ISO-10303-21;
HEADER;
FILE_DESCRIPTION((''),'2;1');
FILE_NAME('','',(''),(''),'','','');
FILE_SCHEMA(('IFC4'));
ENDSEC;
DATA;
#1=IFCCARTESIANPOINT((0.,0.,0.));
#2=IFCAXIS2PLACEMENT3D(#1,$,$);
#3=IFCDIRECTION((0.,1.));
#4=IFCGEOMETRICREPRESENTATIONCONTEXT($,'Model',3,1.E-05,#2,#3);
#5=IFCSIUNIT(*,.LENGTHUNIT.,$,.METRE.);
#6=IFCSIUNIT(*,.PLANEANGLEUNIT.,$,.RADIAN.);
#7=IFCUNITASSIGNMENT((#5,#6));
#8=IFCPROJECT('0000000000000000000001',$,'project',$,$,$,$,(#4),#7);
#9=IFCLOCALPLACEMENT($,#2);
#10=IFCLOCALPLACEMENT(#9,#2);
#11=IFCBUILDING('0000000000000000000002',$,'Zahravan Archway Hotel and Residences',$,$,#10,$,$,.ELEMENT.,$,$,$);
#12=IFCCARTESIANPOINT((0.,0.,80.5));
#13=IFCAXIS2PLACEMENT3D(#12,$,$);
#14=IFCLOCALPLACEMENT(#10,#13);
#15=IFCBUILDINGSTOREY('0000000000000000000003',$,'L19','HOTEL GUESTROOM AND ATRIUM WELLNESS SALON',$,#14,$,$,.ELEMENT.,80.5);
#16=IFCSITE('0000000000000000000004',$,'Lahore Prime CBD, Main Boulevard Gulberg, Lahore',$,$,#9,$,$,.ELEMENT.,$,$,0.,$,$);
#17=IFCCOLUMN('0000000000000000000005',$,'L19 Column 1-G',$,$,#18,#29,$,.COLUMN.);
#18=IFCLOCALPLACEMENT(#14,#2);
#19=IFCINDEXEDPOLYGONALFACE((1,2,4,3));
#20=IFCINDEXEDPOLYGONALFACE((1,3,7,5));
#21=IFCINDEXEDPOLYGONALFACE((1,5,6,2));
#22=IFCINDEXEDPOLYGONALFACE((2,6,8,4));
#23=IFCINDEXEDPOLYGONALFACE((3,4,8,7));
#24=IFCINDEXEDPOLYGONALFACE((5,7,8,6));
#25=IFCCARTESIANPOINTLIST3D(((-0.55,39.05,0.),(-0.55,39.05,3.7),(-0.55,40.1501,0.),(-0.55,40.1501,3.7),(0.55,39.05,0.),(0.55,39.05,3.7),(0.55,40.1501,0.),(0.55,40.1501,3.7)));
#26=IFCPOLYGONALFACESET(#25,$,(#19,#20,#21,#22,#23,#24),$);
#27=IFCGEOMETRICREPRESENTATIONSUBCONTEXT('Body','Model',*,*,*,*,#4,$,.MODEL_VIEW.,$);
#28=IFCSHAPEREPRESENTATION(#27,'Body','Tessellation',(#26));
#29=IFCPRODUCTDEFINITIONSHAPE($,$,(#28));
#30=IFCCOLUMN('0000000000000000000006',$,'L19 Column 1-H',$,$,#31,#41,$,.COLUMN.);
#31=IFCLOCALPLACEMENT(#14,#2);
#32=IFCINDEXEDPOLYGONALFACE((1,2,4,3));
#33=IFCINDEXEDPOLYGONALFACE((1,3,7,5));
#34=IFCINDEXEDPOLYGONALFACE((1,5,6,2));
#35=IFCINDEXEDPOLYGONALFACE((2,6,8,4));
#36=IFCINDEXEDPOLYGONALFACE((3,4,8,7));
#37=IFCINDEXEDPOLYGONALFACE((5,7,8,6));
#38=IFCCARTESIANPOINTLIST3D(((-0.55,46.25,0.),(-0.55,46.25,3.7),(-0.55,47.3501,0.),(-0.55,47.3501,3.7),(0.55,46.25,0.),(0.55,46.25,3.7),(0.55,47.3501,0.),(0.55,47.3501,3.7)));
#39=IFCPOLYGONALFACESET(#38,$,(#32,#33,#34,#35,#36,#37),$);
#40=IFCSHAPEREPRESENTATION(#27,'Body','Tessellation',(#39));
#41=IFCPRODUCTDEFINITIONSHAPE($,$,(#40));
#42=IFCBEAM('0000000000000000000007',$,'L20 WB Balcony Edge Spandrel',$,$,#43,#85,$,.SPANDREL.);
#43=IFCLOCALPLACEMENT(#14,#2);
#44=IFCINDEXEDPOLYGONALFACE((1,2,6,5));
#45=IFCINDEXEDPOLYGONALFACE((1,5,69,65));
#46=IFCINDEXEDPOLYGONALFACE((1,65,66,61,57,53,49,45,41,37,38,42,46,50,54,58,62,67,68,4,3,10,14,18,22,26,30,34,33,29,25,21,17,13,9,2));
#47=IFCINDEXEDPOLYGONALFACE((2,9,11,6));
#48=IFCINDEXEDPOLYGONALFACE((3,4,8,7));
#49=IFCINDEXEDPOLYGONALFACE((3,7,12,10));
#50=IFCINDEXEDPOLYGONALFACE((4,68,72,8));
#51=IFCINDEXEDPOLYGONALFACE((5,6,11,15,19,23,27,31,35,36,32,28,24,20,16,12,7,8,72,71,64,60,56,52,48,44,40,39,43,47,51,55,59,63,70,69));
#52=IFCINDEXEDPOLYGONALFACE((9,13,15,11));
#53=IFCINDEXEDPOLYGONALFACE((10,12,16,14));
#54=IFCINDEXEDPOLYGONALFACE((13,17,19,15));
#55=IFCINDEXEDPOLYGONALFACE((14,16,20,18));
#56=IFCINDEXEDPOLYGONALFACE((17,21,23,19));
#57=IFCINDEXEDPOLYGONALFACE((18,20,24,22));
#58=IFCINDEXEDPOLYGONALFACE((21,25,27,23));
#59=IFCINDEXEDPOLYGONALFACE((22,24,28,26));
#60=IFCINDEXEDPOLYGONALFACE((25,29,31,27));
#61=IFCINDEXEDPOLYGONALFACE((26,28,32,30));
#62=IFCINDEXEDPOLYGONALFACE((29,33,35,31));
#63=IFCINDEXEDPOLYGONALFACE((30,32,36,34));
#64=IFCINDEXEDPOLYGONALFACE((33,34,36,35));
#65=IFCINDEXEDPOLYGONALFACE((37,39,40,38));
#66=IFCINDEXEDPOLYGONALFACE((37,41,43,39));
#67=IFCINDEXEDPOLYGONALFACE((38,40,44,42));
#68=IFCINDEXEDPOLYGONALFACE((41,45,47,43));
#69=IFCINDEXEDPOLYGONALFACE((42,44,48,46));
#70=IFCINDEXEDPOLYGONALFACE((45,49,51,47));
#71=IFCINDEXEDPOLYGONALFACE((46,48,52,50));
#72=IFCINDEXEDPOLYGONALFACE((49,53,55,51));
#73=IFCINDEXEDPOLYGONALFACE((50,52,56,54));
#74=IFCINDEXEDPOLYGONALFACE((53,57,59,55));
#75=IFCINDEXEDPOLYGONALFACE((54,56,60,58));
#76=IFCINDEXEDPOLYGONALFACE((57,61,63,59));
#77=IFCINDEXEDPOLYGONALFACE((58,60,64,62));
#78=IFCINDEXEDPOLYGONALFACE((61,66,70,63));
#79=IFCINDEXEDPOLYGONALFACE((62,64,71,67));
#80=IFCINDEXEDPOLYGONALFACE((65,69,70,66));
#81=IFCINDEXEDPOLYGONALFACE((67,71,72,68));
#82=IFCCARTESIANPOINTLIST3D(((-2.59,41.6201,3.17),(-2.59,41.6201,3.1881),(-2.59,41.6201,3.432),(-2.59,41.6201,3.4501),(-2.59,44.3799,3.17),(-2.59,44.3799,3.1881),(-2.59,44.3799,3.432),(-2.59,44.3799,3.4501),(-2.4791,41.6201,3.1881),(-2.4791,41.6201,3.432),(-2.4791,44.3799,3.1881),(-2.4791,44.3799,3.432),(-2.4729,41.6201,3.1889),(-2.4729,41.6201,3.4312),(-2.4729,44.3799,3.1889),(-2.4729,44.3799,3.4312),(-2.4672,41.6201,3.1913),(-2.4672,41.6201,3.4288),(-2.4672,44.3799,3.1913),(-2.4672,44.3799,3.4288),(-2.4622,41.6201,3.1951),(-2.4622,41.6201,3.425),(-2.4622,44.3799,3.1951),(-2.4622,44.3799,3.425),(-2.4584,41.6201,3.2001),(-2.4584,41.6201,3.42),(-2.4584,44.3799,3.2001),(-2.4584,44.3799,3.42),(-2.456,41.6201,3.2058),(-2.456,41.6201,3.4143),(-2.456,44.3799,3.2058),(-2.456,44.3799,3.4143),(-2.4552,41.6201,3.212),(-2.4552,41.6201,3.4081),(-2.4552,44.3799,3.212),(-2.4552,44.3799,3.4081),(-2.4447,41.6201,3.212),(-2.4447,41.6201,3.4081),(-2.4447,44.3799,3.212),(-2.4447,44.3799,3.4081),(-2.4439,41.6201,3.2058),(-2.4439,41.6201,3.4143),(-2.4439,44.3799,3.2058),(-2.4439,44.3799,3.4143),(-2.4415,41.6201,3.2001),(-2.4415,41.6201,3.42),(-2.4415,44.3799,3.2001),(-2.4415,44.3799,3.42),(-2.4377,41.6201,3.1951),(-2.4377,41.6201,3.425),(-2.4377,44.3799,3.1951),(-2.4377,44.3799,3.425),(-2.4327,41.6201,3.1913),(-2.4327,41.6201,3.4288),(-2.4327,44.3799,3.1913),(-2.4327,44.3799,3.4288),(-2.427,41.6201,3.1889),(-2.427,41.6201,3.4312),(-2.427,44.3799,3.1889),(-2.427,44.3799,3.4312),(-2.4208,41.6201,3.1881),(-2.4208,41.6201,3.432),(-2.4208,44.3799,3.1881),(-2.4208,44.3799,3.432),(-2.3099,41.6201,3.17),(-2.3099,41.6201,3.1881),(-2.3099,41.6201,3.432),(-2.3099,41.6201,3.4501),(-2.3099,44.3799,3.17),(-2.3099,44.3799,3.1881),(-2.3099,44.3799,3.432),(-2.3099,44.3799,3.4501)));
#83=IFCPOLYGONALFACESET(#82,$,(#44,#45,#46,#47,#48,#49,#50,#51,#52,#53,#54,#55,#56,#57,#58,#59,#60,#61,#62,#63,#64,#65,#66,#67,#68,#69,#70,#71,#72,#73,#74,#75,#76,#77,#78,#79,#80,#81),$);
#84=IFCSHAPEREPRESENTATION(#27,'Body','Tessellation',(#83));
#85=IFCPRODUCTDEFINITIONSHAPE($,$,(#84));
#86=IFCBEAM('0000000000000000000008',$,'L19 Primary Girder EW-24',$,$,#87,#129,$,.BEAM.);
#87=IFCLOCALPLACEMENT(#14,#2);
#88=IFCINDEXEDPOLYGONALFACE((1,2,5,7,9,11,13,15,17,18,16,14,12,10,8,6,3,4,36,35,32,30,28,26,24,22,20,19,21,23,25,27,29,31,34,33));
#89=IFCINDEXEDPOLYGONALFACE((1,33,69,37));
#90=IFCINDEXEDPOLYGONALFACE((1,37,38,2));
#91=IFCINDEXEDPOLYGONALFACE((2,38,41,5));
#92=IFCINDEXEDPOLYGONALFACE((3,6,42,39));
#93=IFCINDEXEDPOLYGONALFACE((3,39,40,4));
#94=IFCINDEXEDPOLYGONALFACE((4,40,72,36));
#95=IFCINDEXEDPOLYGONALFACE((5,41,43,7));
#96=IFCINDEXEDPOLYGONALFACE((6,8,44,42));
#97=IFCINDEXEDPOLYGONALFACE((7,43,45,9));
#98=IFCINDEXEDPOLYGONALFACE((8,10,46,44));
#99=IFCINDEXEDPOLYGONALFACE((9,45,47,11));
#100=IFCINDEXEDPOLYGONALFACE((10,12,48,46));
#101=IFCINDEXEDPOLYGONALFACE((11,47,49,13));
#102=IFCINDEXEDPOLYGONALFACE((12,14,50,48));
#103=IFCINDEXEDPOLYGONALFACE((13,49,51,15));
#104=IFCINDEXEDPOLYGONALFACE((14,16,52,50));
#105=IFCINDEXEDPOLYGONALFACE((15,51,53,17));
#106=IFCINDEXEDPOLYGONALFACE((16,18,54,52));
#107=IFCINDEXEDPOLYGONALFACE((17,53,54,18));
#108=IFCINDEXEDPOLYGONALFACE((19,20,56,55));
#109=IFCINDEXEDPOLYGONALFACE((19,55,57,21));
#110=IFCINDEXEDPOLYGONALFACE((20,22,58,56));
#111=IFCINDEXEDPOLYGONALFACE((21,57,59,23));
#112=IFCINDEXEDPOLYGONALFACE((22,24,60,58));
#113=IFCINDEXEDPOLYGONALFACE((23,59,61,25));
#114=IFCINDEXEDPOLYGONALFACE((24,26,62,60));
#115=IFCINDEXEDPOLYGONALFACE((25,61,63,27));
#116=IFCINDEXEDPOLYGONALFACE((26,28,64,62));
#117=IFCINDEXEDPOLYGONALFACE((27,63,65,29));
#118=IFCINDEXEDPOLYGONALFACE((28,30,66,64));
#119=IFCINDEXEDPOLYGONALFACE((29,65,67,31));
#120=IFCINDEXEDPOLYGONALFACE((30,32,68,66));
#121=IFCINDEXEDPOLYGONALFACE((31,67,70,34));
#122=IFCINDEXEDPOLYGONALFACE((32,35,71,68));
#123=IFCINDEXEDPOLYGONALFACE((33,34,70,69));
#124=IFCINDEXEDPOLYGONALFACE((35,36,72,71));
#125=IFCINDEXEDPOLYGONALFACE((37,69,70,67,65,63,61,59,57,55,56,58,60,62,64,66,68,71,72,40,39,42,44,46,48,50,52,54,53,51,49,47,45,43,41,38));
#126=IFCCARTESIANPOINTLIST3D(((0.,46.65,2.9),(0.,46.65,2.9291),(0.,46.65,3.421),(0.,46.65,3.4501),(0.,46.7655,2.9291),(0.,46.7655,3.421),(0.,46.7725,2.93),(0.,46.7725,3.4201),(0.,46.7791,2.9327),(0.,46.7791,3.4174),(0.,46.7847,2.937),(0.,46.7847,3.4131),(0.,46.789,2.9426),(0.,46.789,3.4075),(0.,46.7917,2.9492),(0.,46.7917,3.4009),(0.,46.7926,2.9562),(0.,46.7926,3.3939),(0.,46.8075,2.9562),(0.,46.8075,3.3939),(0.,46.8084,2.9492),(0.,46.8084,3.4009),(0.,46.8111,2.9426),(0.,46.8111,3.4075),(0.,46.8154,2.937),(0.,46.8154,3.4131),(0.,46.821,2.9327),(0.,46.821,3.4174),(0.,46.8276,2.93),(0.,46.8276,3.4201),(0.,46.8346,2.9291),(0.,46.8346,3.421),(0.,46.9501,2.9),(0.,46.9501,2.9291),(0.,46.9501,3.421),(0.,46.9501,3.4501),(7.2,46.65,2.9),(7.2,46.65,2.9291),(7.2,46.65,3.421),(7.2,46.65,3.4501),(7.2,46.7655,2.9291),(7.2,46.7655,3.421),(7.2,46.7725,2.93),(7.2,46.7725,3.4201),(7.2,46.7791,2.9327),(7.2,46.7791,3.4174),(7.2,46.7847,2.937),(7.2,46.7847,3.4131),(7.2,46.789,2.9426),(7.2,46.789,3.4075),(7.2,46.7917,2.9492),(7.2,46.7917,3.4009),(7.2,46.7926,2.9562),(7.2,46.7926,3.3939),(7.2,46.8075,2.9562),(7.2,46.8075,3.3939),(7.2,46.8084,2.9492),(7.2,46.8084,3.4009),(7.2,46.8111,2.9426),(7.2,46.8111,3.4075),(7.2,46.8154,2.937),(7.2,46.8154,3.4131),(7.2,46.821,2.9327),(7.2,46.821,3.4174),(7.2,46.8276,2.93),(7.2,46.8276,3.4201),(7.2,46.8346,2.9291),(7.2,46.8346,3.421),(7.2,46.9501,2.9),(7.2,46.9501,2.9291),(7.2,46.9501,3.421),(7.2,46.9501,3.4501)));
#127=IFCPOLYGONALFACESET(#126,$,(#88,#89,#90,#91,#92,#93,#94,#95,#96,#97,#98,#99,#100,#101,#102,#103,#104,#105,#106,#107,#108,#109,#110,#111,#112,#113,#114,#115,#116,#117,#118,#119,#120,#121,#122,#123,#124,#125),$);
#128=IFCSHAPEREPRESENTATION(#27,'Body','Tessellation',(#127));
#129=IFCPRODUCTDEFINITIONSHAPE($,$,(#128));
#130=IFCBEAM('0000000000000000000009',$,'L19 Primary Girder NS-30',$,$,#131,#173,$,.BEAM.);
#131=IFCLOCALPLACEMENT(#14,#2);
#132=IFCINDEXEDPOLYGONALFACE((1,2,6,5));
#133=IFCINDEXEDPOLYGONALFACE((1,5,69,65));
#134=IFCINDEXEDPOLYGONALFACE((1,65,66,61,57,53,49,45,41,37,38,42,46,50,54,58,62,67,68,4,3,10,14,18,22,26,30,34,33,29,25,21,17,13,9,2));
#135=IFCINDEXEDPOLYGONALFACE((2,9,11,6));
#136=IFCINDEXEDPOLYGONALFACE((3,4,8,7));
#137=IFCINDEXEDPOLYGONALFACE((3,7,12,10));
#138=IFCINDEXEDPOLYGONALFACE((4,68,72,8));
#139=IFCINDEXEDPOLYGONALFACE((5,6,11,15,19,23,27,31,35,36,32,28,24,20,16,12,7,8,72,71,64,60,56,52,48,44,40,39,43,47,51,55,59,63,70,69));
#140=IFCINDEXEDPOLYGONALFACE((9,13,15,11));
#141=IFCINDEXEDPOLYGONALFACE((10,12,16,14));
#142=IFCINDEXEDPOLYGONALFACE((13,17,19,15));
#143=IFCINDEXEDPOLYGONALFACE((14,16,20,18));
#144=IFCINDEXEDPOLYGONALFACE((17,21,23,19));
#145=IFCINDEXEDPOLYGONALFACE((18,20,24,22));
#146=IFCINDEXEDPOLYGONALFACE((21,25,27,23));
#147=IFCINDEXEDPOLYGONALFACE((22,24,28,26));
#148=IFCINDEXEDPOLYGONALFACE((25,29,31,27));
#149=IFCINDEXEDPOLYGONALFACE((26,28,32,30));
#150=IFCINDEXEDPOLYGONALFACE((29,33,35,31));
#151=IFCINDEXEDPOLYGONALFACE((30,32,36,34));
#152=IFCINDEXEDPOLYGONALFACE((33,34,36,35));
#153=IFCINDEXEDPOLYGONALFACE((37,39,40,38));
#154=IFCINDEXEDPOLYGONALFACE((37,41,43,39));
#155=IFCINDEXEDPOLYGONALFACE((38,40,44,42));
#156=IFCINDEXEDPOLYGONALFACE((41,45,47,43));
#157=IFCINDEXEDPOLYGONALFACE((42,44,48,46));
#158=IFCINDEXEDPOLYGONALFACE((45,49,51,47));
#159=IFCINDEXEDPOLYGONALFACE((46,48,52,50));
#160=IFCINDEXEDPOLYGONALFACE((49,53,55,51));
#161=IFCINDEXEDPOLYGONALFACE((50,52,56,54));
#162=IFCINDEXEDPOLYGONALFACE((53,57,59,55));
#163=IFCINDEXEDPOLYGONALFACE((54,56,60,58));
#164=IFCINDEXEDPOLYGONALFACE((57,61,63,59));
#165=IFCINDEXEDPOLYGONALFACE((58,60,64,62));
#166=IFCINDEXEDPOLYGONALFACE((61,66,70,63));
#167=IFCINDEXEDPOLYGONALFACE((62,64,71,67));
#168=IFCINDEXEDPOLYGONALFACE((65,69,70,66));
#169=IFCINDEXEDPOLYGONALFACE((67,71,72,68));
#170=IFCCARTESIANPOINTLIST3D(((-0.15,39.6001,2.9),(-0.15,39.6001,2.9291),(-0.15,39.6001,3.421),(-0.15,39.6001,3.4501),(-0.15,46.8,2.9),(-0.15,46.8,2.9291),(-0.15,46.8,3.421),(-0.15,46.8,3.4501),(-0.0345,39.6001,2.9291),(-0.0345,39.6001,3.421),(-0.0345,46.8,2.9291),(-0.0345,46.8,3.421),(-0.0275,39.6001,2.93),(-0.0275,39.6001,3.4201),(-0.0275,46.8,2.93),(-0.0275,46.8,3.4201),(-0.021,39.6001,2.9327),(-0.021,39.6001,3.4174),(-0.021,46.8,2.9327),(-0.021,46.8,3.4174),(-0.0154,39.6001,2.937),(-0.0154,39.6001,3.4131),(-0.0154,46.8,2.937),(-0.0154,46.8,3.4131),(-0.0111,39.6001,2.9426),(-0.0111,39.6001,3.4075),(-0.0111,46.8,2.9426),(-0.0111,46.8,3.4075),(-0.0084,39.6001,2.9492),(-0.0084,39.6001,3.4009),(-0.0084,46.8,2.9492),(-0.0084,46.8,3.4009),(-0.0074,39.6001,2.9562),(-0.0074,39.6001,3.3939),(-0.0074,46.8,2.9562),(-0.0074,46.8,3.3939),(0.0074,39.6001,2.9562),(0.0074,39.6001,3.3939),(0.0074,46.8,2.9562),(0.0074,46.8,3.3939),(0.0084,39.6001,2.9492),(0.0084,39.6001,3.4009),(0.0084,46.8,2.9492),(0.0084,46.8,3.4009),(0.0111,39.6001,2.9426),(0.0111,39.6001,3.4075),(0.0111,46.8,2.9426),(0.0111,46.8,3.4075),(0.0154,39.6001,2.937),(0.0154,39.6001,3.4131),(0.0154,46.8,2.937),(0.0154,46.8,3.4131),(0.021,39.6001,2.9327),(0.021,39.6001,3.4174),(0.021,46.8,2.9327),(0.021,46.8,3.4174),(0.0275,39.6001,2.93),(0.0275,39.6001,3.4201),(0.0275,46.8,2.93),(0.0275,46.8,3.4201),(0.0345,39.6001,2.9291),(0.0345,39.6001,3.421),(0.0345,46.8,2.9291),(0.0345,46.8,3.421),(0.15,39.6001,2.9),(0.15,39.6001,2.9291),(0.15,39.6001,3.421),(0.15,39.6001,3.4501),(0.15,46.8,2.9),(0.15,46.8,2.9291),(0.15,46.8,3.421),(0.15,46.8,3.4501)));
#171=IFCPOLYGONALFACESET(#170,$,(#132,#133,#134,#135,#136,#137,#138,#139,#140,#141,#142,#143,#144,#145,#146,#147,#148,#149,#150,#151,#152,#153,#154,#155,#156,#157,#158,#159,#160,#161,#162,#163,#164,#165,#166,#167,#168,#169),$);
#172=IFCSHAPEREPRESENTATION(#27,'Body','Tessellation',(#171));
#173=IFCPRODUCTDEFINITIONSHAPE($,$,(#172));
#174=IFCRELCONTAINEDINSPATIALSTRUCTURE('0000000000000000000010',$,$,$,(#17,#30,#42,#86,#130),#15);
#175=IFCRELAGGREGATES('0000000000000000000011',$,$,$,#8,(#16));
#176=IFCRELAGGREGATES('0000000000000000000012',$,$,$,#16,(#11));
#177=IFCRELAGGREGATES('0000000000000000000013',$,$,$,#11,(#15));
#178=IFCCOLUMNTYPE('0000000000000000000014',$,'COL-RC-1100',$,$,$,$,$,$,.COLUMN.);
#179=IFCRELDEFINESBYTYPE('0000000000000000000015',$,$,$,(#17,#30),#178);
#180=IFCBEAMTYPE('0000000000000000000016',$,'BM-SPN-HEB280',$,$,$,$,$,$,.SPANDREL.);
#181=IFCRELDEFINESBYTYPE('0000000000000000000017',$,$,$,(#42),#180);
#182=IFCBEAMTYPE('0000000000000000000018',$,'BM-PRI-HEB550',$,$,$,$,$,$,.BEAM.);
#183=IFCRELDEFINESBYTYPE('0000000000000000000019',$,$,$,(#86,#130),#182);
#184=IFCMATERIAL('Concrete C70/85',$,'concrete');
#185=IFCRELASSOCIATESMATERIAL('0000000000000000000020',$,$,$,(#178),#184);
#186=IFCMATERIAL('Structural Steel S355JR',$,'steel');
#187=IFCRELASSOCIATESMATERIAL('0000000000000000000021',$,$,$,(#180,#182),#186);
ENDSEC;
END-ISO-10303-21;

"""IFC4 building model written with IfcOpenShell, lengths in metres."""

from ifc_helpers import new_model, si_unit, direction, frame, origin, origin_2d, place, context, subcontext, project, spatial, rectangle, i_section, extrude, source, transform, mapped, material, material_profile, profile_set, type_object, element, save


model = new_model("IFC4")

# Units and contexts
model_context = context("Model", 3, precision=1e-05, world=origin(), true_north=direction((0.0, 1.0)))
body_context = subcontext(model_context, "Body", "Model", "MODEL_VIEW")
ifc_project = project(units=[si_unit("LENGTHUNIT", "METRE"), si_unit("PLANEANGLEUNIT", "RADIAN")], contexts=[model_context])

# Site, building, storey
site_placement = place(None, origin())
site = spatial("IfcSite", under=ifc_project, at=site_placement, Name="Lahore Prime CBD, Main Boulevard Gulberg, Lahore", CompositionType="ELEMENT", RefElevation=0.0)
building_placement = place(site_placement, origin())
building = spatial("IfcBuilding", under=site, at=building_placement, Name="Zahravan Archway Hotel and Residences", CompositionType="ELEMENT")
storey_placement = place(building_placement, frame((0.0, 0.0, 80.5)))
storey = spatial("IfcBuildingStorey", under=building, at=storey_placement, Name="L19", Description="HOTEL GUESTROOM AND ATRIUM WELLNESS SALON", CompositionType="ELEMENT", Elevation=80.5)

# Columns
ifc_material_1 = material(Name="Concrete C70/85", Category="concrete")
ifc_material_profile_1 = material_profile(ifc_material_1, rectangle(XDim=1.1001, YDim=1.1001, at=origin_2d()), Name="RC 1100x1100", Category="concrete")
ifc_profile_set_1 = profile_set([ifc_material_profile_1], Name="Concrete C70/85")
column_type = type_object("IfcColumnType", Name="COL-RC-1100", PredefinedType="COLUMN", material=ifc_profile_set_1)
shared_shape_1 = source(origin(), body_context, "Body", "SweptSolid", [
    extrude(rectangle(XDim=1.1001, YDim=1.1001, at=origin_2d()), origin(), (0.0, 0.0, 1.0), 3.7),
])
for number, where, z_axis, x_axis, name in (
    (1, (0.0, 39.6001, 0.0), (0.0, 0.0, 1.0), (1.0, 0.0, 0.0), "L19 Column 1-G"),
    (2, (0.0, 46.8, 0.0), (0.0, 0.0, 1.0), (1.0, 0.0, 0.0), "L19 Column 1-H"),
):
    element("IfcColumn", number, at=place(storey_placement, frame(where, z_axis=z_axis, x_axis=x_axis)), inside=storey, type_object=column_type, Name=name, PredefinedType="COLUMN", context=body_context, shape_type="MappedRepresentation", body=[
        mapped(shared_shape_1, transform((0.0, 0.0, 0.0), scale=1.0)),
    ])

# Beams
ifc_material_2 = material(Name="Structural Steel S355JR", Category="steel")
ifc_material_profile_2 = material_profile(ifc_material_2, i_section(OverallWidth=0.28, OverallDepth=0.28, WebThickness=0.0105, FlangeThickness=0.0181, FilletRadius=0.0239, at=origin_2d()), Name="HEB 280", Category="steel")
ifc_profile_set_2 = profile_set([ifc_material_profile_2], Name="Structural Steel S355JR")
beam_type_1 = type_object("IfcBeamType", Name="BM-SPN-HEB280", PredefinedType="SPANDREL", material=ifc_profile_set_2)
shared_shape_2 = source(origin(), body_context, "Body", "SweptSolid", [
    extrude(i_section(OverallWidth=0.28, OverallDepth=0.28, WebThickness=0.0105, FlangeThickness=0.0181, FilletRadius=0.0239, at=origin_2d()), origin(), (0.0, 0.0, 1.0), 2.7598),
])
beam_placement = place(storey_placement, frame((-2.45, 41.6201, 3.3101), z_axis=(0.0, 1.0, 0.0), x_axis=(-1.0, 0.0, 0.0)))
element("IfcBeam", 3, at=beam_placement, inside=storey, type_object=beam_type_1, Name="L20 WB Balcony Edge Spandrel", PredefinedType="SPANDREL", context=body_context, shape_type="MappedRepresentation", body=[
    mapped(shared_shape_2, transform((0.0, 0.0, 0.0), scale=1.0)),
])
ifc_material_profile_3 = material_profile(ifc_material_2, i_section(OverallWidth=0.3, OverallDepth=0.55, WebThickness=0.0149, FlangeThickness=0.0291, FilletRadius=0.0271, at=origin_2d()), Name="HEB 550", Category="steel")
ifc_profile_set_3 = profile_set([ifc_material_profile_3], Name="Structural Steel S355JR")
beam_type_2 = type_object("IfcBeamType", Name="BM-PRI-HEB550", PredefinedType="BEAM", material=ifc_profile_set_3)
shared_shape_3 = source(origin(), body_context, "Body", "SweptSolid", [
    extrude(i_section(OverallWidth=0.3, OverallDepth=0.55, WebThickness=0.0149, FlangeThickness=0.0291, FilletRadius=0.0271, at=origin_2d()), origin(), (0.0, 0.0, 1.0), 7.2),
])
for number, where, z_axis, x_axis, name in (
    (4, (0.0, 46.8, 3.175), (1.0, 0.0, 0.0), (0.0, 1.0, 0.0), "L19 Primary Girder EW-24"),
    (5, (0.0, 39.6001, 3.175), (0.0, 1.0, 0.0), (-1.0, 0.0, 0.0), "L19 Primary Girder NS-30"),
):
    element("IfcBeam", number, at=place(storey_placement, frame(where, z_axis=z_axis, x_axis=x_axis)), inside=storey, type_object=beam_type_2, Name=name, PredefinedType="BEAM", context=body_context, shape_type="MappedRepresentation", body=[
        mapped(shared_shape_3, transform((0.0, 0.0, 0.0), scale=1.0)),
    ])

save(model, "model.ifc")
